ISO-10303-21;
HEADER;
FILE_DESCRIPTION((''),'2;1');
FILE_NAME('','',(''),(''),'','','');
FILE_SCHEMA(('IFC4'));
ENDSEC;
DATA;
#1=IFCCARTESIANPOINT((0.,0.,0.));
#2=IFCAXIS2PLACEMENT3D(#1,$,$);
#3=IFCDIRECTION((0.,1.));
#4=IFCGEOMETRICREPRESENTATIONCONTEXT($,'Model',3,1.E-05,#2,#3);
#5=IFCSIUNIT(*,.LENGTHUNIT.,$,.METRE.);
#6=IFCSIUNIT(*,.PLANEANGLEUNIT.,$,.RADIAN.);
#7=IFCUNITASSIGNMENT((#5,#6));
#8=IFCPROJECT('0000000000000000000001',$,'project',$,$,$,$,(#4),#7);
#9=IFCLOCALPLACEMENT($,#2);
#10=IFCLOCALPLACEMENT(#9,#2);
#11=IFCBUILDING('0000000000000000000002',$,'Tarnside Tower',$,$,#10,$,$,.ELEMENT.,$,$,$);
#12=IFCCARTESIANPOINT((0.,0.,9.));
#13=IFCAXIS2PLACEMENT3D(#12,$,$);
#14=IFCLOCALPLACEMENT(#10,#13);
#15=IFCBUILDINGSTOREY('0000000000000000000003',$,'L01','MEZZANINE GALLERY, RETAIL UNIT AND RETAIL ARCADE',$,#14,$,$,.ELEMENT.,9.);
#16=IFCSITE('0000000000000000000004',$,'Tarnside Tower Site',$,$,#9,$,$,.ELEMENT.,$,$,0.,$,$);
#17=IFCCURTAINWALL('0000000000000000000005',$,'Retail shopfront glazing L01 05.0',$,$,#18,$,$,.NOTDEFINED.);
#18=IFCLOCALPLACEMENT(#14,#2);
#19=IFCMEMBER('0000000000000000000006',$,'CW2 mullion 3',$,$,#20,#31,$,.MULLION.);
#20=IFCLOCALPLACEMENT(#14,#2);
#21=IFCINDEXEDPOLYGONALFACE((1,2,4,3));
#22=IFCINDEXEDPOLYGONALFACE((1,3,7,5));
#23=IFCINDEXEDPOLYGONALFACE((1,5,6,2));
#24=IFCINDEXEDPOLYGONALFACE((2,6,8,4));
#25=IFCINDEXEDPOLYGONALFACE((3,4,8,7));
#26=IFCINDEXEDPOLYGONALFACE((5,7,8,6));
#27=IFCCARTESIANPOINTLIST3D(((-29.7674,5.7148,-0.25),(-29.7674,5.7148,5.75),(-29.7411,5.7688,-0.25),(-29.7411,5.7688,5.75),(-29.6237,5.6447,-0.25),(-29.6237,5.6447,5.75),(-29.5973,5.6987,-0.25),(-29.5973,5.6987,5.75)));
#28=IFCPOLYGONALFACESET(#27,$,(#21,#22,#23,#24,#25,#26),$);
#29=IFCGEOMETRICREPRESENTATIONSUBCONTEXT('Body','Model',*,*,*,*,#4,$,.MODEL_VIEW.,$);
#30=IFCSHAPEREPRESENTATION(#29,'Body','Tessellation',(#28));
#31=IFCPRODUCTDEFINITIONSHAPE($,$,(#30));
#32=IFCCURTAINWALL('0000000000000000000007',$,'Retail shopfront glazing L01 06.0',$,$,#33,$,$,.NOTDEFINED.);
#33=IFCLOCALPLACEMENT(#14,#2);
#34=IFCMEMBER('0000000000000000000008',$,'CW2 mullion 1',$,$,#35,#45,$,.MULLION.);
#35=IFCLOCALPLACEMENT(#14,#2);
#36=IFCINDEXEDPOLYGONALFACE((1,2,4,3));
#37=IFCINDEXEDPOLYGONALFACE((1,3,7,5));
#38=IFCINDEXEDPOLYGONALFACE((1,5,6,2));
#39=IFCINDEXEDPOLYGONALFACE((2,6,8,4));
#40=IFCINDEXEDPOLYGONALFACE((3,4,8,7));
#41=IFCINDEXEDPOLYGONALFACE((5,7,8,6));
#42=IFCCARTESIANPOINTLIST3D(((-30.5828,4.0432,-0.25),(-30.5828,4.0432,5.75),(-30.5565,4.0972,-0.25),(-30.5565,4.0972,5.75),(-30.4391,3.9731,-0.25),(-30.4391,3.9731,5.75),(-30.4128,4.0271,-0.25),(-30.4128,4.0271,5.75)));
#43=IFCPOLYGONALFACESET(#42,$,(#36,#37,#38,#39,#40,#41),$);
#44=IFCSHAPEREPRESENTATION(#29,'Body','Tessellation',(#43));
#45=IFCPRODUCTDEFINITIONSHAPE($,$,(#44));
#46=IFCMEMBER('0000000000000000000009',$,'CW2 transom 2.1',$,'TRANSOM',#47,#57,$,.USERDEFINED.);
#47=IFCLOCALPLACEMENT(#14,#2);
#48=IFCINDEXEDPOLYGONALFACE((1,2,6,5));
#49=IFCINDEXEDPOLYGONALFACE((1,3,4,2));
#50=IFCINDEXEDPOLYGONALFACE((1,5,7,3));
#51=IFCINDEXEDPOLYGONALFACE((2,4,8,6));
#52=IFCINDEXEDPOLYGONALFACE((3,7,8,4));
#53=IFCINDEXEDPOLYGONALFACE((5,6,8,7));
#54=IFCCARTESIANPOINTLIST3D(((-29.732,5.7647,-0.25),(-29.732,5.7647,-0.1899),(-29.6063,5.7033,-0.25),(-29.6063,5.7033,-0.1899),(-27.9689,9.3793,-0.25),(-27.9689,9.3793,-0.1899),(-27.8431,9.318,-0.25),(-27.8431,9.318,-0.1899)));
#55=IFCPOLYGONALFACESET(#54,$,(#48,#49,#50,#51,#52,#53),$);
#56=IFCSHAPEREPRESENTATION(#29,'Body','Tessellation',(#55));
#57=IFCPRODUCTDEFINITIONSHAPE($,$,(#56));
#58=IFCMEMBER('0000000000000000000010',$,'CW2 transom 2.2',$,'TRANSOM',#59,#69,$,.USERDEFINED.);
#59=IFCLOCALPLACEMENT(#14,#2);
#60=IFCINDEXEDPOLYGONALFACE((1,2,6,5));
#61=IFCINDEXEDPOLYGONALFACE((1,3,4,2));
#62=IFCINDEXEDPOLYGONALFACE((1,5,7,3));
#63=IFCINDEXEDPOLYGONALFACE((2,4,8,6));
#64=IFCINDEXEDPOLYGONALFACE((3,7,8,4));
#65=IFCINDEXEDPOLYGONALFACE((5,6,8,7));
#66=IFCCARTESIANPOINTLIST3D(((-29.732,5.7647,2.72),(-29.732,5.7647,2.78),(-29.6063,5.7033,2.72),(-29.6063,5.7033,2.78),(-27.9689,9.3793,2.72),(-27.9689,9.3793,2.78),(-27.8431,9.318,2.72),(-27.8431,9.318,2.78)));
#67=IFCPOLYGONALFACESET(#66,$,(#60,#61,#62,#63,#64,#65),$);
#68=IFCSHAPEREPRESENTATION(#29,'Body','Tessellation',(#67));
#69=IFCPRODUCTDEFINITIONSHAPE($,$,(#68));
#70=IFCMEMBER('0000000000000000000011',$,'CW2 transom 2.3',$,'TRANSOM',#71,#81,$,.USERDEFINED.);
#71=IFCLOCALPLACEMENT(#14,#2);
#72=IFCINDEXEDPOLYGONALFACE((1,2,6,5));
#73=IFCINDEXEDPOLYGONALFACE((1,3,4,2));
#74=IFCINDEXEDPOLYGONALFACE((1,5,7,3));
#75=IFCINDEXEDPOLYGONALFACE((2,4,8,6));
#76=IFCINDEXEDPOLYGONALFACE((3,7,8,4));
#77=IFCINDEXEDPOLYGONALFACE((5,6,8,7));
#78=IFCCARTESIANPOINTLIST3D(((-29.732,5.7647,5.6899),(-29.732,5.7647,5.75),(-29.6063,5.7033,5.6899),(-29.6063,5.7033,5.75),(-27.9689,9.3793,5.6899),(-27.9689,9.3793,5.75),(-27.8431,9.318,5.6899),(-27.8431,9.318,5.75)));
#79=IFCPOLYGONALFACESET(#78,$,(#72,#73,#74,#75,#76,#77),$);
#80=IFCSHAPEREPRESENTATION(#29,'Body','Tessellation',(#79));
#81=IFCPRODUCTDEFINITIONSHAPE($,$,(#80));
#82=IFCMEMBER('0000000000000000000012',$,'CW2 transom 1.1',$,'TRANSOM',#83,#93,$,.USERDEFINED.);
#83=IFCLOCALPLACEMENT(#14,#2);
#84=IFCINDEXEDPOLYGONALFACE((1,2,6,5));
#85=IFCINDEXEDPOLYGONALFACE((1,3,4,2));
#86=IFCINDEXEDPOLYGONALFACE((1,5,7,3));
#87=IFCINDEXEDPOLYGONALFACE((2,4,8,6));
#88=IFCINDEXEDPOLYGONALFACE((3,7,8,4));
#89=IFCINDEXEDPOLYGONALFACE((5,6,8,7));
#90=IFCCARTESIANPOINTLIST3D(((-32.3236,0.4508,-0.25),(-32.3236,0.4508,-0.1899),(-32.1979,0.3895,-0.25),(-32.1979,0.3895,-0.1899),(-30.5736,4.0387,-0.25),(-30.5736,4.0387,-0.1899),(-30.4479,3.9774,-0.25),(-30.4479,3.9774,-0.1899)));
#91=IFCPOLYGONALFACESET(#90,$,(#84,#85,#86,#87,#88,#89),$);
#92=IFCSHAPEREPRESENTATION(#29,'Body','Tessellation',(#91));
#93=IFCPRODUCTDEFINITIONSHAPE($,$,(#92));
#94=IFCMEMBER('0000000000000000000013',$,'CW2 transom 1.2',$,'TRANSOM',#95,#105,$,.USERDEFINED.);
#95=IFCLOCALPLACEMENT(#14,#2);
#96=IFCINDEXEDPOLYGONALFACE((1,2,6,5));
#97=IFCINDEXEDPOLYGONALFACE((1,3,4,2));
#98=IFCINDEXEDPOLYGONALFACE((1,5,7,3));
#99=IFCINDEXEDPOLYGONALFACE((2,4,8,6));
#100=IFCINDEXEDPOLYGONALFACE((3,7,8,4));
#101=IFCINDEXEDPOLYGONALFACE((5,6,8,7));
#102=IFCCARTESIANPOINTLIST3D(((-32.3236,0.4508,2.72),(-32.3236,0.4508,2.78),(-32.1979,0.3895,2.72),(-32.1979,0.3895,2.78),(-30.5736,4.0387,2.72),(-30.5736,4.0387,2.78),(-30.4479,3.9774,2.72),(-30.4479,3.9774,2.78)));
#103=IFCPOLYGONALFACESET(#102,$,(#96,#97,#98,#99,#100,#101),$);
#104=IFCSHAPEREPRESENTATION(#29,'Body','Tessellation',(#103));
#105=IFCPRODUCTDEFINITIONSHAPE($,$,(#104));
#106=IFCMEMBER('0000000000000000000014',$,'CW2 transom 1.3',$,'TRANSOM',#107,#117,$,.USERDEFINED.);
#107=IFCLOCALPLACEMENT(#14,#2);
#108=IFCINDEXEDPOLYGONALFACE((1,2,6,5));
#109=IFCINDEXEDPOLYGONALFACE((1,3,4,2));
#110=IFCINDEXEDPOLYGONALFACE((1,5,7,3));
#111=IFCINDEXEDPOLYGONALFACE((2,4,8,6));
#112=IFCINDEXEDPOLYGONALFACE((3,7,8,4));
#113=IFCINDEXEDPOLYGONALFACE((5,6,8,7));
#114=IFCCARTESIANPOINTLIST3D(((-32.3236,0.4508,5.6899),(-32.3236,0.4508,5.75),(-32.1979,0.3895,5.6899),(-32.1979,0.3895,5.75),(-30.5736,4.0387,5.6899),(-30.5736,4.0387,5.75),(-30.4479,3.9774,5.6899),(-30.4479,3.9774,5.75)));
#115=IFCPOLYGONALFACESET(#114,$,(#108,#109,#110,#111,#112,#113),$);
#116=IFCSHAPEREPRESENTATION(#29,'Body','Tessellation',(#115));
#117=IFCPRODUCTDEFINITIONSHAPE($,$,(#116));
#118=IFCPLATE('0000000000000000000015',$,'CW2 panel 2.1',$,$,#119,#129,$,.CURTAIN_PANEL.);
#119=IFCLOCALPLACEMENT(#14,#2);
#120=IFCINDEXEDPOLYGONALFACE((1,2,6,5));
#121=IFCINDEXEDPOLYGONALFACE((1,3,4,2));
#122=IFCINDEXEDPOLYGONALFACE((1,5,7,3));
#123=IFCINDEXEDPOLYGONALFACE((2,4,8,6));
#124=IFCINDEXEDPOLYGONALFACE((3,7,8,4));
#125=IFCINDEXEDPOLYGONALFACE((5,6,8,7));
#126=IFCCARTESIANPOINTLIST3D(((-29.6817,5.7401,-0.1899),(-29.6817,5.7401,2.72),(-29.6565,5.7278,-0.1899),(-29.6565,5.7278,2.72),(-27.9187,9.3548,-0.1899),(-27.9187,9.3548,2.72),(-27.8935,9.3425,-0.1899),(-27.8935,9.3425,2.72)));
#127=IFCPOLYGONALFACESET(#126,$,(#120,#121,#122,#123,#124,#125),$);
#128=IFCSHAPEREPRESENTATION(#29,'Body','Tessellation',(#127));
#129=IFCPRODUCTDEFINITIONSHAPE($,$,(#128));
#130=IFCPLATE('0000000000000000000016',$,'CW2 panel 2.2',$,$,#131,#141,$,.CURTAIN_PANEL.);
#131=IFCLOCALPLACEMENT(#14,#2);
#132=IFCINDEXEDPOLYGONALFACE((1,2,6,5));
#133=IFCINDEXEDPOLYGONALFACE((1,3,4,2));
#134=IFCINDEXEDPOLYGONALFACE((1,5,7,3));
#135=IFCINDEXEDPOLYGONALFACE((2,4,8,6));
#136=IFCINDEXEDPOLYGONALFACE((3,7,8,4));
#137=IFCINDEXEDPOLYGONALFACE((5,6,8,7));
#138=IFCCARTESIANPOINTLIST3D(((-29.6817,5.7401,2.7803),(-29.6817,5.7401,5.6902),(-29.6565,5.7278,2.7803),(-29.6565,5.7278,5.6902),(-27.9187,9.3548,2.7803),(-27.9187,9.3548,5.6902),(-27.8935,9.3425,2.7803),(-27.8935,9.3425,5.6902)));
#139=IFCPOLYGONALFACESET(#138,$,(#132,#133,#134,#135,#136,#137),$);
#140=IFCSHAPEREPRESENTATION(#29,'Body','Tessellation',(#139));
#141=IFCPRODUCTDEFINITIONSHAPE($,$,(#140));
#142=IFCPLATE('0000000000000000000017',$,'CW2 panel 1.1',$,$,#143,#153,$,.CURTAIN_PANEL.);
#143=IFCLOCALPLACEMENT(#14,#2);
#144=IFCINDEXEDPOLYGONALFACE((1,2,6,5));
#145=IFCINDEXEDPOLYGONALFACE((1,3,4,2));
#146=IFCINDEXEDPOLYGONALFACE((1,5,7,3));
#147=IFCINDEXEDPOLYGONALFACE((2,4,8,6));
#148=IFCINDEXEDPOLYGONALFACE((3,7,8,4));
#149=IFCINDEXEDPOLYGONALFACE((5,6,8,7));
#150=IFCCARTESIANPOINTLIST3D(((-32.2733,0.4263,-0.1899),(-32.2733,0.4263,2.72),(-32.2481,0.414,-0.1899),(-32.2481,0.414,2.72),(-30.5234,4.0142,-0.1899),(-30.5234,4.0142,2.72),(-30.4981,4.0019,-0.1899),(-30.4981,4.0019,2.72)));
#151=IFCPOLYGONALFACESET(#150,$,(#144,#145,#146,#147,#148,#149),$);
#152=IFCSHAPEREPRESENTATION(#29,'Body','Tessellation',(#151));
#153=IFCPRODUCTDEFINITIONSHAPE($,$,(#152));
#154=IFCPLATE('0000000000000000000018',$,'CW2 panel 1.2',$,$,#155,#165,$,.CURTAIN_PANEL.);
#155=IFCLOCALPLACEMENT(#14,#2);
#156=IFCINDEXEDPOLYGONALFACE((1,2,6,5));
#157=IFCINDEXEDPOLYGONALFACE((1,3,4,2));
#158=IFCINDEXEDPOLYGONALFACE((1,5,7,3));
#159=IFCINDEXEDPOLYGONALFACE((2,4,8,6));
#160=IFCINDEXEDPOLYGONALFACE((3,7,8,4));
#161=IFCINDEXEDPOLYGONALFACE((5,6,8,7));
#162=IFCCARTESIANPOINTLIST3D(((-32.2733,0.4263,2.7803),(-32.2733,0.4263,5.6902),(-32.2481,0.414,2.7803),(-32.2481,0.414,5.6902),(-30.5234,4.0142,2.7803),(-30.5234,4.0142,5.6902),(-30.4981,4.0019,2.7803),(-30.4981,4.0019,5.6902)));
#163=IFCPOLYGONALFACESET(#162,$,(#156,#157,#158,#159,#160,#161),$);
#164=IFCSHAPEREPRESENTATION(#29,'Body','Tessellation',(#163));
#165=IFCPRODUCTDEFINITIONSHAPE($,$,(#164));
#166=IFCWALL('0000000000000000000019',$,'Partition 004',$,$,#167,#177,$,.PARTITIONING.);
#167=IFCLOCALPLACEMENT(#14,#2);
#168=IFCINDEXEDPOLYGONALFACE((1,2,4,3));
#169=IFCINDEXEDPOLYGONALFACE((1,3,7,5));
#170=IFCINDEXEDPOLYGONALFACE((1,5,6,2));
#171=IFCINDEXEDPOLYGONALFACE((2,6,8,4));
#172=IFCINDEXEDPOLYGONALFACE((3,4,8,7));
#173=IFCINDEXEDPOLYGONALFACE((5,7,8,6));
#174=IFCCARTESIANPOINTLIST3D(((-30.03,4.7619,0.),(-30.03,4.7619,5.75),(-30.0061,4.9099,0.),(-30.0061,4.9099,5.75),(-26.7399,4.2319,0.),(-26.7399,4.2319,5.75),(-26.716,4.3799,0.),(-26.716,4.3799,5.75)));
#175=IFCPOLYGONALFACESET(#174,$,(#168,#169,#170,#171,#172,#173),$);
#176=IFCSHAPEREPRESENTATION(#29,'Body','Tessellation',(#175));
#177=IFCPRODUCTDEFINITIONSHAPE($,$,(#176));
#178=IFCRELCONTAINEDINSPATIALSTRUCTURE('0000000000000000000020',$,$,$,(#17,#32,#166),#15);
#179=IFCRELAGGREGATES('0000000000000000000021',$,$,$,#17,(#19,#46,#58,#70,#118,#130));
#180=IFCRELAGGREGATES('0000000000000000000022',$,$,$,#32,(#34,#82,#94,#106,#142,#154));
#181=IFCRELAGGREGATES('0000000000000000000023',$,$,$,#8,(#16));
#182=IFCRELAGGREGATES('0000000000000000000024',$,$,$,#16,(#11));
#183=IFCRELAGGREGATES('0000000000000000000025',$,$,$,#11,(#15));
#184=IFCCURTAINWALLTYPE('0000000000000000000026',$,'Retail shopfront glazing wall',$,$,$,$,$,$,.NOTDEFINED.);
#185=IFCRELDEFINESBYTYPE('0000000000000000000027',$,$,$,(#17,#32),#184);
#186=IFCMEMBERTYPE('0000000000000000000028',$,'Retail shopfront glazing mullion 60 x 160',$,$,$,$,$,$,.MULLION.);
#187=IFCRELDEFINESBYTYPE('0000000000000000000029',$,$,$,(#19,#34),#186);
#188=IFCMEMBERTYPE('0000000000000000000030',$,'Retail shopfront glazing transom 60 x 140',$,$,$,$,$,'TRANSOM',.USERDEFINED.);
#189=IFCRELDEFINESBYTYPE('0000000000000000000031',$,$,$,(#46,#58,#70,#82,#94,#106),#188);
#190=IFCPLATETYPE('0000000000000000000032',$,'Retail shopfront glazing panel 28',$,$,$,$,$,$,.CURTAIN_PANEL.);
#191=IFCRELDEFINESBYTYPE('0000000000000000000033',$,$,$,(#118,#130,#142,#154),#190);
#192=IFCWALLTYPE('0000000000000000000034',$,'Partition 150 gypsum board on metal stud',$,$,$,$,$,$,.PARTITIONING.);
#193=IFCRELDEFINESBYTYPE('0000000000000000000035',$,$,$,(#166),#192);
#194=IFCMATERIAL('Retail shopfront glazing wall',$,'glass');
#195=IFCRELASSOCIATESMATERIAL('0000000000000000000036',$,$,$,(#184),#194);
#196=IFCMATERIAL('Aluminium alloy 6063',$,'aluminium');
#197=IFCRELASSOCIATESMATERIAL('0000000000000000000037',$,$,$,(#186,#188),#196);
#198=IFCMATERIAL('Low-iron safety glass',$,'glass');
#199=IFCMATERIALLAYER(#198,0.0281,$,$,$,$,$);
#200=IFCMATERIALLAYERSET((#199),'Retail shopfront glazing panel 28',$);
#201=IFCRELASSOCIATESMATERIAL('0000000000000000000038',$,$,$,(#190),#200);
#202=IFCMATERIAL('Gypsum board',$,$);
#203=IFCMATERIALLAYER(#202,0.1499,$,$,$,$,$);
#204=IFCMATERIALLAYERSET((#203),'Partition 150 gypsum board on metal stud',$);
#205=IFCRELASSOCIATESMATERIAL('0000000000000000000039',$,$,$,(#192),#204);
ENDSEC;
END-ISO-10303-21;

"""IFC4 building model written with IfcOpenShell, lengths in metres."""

from ifc_helpers import new_model, si_unit, direction, frame, frame_2d, origin, origin_2d, place, context, subcontext, project, spatial, rectangle, extrude, material, layer, layer_set, material_profile, profile_set, type_object, element, aggregate, save


model = new_model("IFC4")

# Units and contexts
model_context = context("Model", 3, precision=1e-05, world=origin(), true_north=direction((0.0, 1.0)))
body_context = subcontext(model_context, "Body", "Model", "MODEL_VIEW")
ifc_project = project(units=[si_unit("LENGTHUNIT", "METRE"), si_unit("PLANEANGLEUNIT", "RADIAN")], contexts=[model_context])

# Site, building, storey
site_placement = place(None, origin())
site = spatial("IfcSite", under=ifc_project, at=site_placement, Name="Tarnside Tower Site", CompositionType="ELEMENT", RefElevation=0.0)
building_placement = place(site_placement, origin())
building = spatial("IfcBuilding", under=site, at=building_placement, Name="Tarnside Tower", CompositionType="ELEMENT")
storey_placement = place(building_placement, frame((0.0, 0.0, 9.0)))
storey = spatial("IfcBuildingStorey", under=building, at=storey_placement, Name="L01", Description="MEZZANINE GALLERY, RETAIL UNIT AND RETAIL ARCADE", CompositionType="ELEMENT", Elevation=9.0)

# Curtain walls, members
ifc_material_1 = material(Name="Retail shopfront glazing wall", Category="glass")
curtain_wall_type = type_object("IfcCurtainWallType", Name="Retail shopfront glazing wall", PredefinedType="NOTDEFINED", material=ifc_material_1)
curtain_wall_1_placement = place(storey_placement, origin())
curtain_wall_1 = element("IfcCurtainWall", 1, at=curtain_wall_1_placement, inside=storey, type_object=curtain_wall_type, Name="Retail shopfront glazing L01 05.0", PredefinedType="NOTDEFINED")
ifc_material_2 = material(Name="Aluminium alloy 6063", Category="aluminium")
ifc_material_profile_1 = material_profile(ifc_material_2, rectangle(XDim=0.1599, YDim=0.0601, at=origin_2d()), Name="Retail shopfront glazing mullion 60 x 160")
ifc_profile_set_1 = profile_set([ifc_material_profile_1], Name="Aluminium alloy 6063")
member_type_1 = type_object("IfcMemberType", Name="Retail shopfront glazing mullion 60 x 160", PredefinedType="MULLION", material=ifc_profile_set_1)
member_1_placement = place(storey_placement, frame((-29.6824, 5.7068, -0.25), z_axis=(0.0, 0.0, 1.0), x_axis=(0.898794, -0.438371, 0.0)))
member_1 = element("IfcMember", 2, at=member_1_placement, type_object=member_type_1, Name="CW2 mullion 3", PredefinedType="MULLION", context=body_context, shape_type="SweptSolid", body=[
    extrude(rectangle(XDim=0.1599, YDim=0.0601, at=origin_2d()), origin(), (0.0, 0.0, 1.0), 6.0),
])
curtain_wall_2_placement = place(storey_placement, origin())
curtain_wall_2 = element("IfcCurtainWall", 3, at=curtain_wall_2_placement, inside=storey, type_object=curtain_wall_type, Name="Retail shopfront glazing L01 06.0", PredefinedType="NOTDEFINED")
member_2_placement = place(storey_placement, frame((-30.4978, 4.0352, -0.25), z_axis=(0.0, 0.0, 1.0), x_axis=(0.898794, -0.438371, 0.0)))
member_2 = element("IfcMember", 4, at=member_2_placement, type_object=member_type_1, Name="CW2 mullion 1", PredefinedType="MULLION", context=body_context, shape_type="SweptSolid", body=[
    extrude(rectangle(XDim=0.1599, YDim=0.0601, at=origin_2d()), origin(), (0.0, 0.0, 1.0), 6.0),
])

# Members
ifc_material_profile_2 = material_profile(ifc_material_2, rectangle(XDim=0.1399, YDim=0.0601, at=origin_2d()), Name="Retail shopfront glazing transom 60 x 140")
ifc_profile_set_2 = profile_set([ifc_material_profile_2], Name="Aluminium alloy 6063")
member_type_2 = type_object("IfcMemberType", Name="Retail shopfront glazing transom 60 x 140", ElementType="TRANSOM", PredefinedType="USERDEFINED", material=ifc_profile_set_2)
member_3_placement = place(storey_placement, frame((-27.906, 9.3486, -0.22), z_axis=(-0.438402, -0.898779, 0.0), x_axis=(0.898779, -0.438402, 0.0)))
member_3 = element("IfcMember", 5, at=member_3_placement, type_object=member_type_2, Name="CW2 transom 2.1", ObjectType="TRANSOM", PredefinedType="USERDEFINED", context=body_context, shape_type="SweptSolid", body=[
    extrude(rectangle(XDim=0.1399, YDim=0.0601, at=origin_2d()), origin(), (0.0, 0.0, 1.0), 4.0217),
])
member_4_placement = place(storey_placement, frame((-27.906, 9.3486, 2.75), z_axis=(-0.438402, -0.898779, 0.0), x_axis=(0.898779, -0.438402, 0.0)))
member_4 = element("IfcMember", 6, at=member_4_placement, type_object=member_type_2, Name="CW2 transom 2.2", ObjectType="TRANSOM", PredefinedType="USERDEFINED", context=body_context, shape_type="SweptSolid", body=[
    extrude(rectangle(XDim=0.1399, YDim=0.0601, at=origin_2d()), origin(), (0.0, 0.0, 1.0), 4.0217),
])
member_5_placement = place(storey_placement, frame((-27.906, 9.3486, 5.72), z_axis=(-0.438402, -0.898779, 0.0), x_axis=(0.898779, -0.438402, 0.0)))
member_5 = element("IfcMember", 7, at=member_5_placement, type_object=member_type_2, Name="CW2 transom 2.3", ObjectType="TRANSOM", PredefinedType="USERDEFINED", context=body_context, shape_type="SweptSolid", body=[
    extrude(rectangle(XDim=0.1399, YDim=0.0601, at=origin_2d()), origin(), (0.0, 0.0, 1.0), 4.0217),
])
member_6_placement = place(storey_placement, frame((-30.5107, 4.0081, -0.22), z_axis=(-0.438385, -0.898787, 0.0), x_axis=(0.898787, -0.438385, 0.0)))
member_6 = element("IfcMember", 8, at=member_6_placement, type_object=member_type_2, Name="CW2 transom 1.1", ObjectType="TRANSOM", PredefinedType="USERDEFINED", context=body_context, shape_type="SweptSolid", body=[
    extrude(rectangle(XDim=0.1399, YDim=0.0601, at=origin_2d()), origin(), (0.0, 0.0, 1.0), 3.9919),
])
member_7_placement = place(storey_placement, frame((-30.5107, 4.0081, 2.75), z_axis=(-0.438385, -0.898787, 0.0), x_axis=(0.898787, -0.438385, 0.0)))
member_7 = element("IfcMember", 9, at=member_7_placement, type_object=member_type_2, Name="CW2 transom 1.2", ObjectType="TRANSOM", PredefinedType="USERDEFINED", context=body_context, shape_type="SweptSolid", body=[
    extrude(rectangle(XDim=0.1399, YDim=0.0601, at=origin_2d()), origin(), (0.0, 0.0, 1.0), 3.9919),
])
member_8_placement = place(storey_placement, frame((-30.5107, 4.0081, 5.72), z_axis=(-0.438385, -0.898787, 0.0), x_axis=(0.898787, -0.438385, 0.0)))
member_8 = element("IfcMember", 10, at=member_8_placement, type_object=member_type_2, Name="CW2 transom 1.3", ObjectType="TRANSOM", PredefinedType="USERDEFINED", context=body_context, shape_type="SweptSolid", body=[
    extrude(rectangle(XDim=0.1399, YDim=0.0601, at=origin_2d()), origin(), (0.0, 0.0, 1.0), 3.9919),
])

# Plates
ifc_material_3 = material(Name="Low-iron safety glass", Category="glass")
ifc_layer_1 = layer(ifc_material_3, 0.0281)
ifc_layer_set_1 = layer_set([ifc_layer_1], Name="Retail shopfront glazing panel 28")
plate_type = type_object("IfcPlateType", Name="Retail shopfront glazing panel 28", PredefinedType="CURTAIN_PANEL", material=ifc_layer_set_1)
plate_1_placement = place(storey_placement, frame((-28.7876, 7.5413, -0.1899), z_axis=(0.0, 0.0, 1.0), x_axis=(-0.438371, -0.898794, 0.0)))
plate_1 = element("IfcPlate", 11, at=plate_1_placement, type_object=plate_type, Name="CW2 panel 2.1", PredefinedType="CURTAIN_PANEL", context=body_context, shape_type="SweptSolid", body=[
    extrude(rectangle(XDim=4.0217, YDim=0.0281, at=origin_2d()), origin(), (0.0, 0.0, 1.0), 2.9099),
])
plate_2_placement = place(storey_placement, frame((-28.7876, 7.5413, 2.7803), z_axis=(0.0, 0.0, 1.0), x_axis=(-0.438371, -0.898794, 0.0)))
plate_2 = element("IfcPlate", 12, at=plate_2_placement, type_object=plate_type, Name="CW2 panel 2.2", PredefinedType="CURTAIN_PANEL", context=body_context, shape_type="SweptSolid", body=[
    extrude(rectangle(XDim=4.0217, YDim=0.0281, at=origin_2d()), origin(), (0.0, 0.0, 1.0), 2.9099),
])
aggregate(curtain_wall_1, [member_1, member_3, member_4, member_5, plate_1, plate_2])
plate_3_placement = place(storey_placement, frame((-31.3857, 2.2141, -0.1899), z_axis=(0.0, 0.0, 1.0), x_axis=(-0.438371, -0.898794, 0.0)))
plate_3 = element("IfcPlate", 13, at=plate_3_placement, type_object=plate_type, Name="CW2 panel 1.1", PredefinedType="CURTAIN_PANEL", context=body_context, shape_type="SweptSolid", body=[
    extrude(rectangle(XDim=3.9919, YDim=0.0281, at=origin_2d()), origin(), (0.0, 0.0, 1.0), 2.9099),
])
plate_4_placement = place(storey_placement, frame((-31.3857, 2.2141, 2.7803), z_axis=(0.0, 0.0, 1.0), x_axis=(-0.438371, -0.898794, 0.0)))
plate_4 = element("IfcPlate", 14, at=plate_4_placement, type_object=plate_type, Name="CW2 panel 1.2", PredefinedType="CURTAIN_PANEL", context=body_context, shape_type="SweptSolid", body=[
    extrude(rectangle(XDim=3.9919, YDim=0.0281, at=origin_2d()), origin(), (0.0, 0.0, 1.0), 2.9099),
])
aggregate(curtain_wall_2, [member_2, member_6, member_7, member_8, plate_3, plate_4])

# Wall
ifc_material_4 = material(Name="Gypsum board")
ifc_layer_2 = layer(ifc_material_4, 0.1499)
ifc_layer_set_2 = layer_set([ifc_layer_2], Name="Partition 150 gypsum board on metal stud")
wall_type = type_object("IfcWallType", Name="Partition 150 gypsum board on metal stud", PredefinedType="PARTITIONING", material=ifc_layer_set_2)
wall_1_placement = place(storey_placement, frame((-30.0181, 4.8359, 0.0), z_axis=(0.0, 0.0, 1.0), x_axis=(0.98727, -0.15905, 0.0)))
element("IfcWall", 15, at=wall_1_placement, inside=storey, type_object=wall_type, Name="Partition 004", PredefinedType="PARTITIONING", context=body_context, shape_type="SweptSolid", body=[
    extrude(rectangle(XDim=3.3325, YDim=0.1499, at=frame_2d((1.6663, 0.0))), origin(), (0.0, 0.0, 1.0), 5.75),
])

save(model, "model.ifc")
